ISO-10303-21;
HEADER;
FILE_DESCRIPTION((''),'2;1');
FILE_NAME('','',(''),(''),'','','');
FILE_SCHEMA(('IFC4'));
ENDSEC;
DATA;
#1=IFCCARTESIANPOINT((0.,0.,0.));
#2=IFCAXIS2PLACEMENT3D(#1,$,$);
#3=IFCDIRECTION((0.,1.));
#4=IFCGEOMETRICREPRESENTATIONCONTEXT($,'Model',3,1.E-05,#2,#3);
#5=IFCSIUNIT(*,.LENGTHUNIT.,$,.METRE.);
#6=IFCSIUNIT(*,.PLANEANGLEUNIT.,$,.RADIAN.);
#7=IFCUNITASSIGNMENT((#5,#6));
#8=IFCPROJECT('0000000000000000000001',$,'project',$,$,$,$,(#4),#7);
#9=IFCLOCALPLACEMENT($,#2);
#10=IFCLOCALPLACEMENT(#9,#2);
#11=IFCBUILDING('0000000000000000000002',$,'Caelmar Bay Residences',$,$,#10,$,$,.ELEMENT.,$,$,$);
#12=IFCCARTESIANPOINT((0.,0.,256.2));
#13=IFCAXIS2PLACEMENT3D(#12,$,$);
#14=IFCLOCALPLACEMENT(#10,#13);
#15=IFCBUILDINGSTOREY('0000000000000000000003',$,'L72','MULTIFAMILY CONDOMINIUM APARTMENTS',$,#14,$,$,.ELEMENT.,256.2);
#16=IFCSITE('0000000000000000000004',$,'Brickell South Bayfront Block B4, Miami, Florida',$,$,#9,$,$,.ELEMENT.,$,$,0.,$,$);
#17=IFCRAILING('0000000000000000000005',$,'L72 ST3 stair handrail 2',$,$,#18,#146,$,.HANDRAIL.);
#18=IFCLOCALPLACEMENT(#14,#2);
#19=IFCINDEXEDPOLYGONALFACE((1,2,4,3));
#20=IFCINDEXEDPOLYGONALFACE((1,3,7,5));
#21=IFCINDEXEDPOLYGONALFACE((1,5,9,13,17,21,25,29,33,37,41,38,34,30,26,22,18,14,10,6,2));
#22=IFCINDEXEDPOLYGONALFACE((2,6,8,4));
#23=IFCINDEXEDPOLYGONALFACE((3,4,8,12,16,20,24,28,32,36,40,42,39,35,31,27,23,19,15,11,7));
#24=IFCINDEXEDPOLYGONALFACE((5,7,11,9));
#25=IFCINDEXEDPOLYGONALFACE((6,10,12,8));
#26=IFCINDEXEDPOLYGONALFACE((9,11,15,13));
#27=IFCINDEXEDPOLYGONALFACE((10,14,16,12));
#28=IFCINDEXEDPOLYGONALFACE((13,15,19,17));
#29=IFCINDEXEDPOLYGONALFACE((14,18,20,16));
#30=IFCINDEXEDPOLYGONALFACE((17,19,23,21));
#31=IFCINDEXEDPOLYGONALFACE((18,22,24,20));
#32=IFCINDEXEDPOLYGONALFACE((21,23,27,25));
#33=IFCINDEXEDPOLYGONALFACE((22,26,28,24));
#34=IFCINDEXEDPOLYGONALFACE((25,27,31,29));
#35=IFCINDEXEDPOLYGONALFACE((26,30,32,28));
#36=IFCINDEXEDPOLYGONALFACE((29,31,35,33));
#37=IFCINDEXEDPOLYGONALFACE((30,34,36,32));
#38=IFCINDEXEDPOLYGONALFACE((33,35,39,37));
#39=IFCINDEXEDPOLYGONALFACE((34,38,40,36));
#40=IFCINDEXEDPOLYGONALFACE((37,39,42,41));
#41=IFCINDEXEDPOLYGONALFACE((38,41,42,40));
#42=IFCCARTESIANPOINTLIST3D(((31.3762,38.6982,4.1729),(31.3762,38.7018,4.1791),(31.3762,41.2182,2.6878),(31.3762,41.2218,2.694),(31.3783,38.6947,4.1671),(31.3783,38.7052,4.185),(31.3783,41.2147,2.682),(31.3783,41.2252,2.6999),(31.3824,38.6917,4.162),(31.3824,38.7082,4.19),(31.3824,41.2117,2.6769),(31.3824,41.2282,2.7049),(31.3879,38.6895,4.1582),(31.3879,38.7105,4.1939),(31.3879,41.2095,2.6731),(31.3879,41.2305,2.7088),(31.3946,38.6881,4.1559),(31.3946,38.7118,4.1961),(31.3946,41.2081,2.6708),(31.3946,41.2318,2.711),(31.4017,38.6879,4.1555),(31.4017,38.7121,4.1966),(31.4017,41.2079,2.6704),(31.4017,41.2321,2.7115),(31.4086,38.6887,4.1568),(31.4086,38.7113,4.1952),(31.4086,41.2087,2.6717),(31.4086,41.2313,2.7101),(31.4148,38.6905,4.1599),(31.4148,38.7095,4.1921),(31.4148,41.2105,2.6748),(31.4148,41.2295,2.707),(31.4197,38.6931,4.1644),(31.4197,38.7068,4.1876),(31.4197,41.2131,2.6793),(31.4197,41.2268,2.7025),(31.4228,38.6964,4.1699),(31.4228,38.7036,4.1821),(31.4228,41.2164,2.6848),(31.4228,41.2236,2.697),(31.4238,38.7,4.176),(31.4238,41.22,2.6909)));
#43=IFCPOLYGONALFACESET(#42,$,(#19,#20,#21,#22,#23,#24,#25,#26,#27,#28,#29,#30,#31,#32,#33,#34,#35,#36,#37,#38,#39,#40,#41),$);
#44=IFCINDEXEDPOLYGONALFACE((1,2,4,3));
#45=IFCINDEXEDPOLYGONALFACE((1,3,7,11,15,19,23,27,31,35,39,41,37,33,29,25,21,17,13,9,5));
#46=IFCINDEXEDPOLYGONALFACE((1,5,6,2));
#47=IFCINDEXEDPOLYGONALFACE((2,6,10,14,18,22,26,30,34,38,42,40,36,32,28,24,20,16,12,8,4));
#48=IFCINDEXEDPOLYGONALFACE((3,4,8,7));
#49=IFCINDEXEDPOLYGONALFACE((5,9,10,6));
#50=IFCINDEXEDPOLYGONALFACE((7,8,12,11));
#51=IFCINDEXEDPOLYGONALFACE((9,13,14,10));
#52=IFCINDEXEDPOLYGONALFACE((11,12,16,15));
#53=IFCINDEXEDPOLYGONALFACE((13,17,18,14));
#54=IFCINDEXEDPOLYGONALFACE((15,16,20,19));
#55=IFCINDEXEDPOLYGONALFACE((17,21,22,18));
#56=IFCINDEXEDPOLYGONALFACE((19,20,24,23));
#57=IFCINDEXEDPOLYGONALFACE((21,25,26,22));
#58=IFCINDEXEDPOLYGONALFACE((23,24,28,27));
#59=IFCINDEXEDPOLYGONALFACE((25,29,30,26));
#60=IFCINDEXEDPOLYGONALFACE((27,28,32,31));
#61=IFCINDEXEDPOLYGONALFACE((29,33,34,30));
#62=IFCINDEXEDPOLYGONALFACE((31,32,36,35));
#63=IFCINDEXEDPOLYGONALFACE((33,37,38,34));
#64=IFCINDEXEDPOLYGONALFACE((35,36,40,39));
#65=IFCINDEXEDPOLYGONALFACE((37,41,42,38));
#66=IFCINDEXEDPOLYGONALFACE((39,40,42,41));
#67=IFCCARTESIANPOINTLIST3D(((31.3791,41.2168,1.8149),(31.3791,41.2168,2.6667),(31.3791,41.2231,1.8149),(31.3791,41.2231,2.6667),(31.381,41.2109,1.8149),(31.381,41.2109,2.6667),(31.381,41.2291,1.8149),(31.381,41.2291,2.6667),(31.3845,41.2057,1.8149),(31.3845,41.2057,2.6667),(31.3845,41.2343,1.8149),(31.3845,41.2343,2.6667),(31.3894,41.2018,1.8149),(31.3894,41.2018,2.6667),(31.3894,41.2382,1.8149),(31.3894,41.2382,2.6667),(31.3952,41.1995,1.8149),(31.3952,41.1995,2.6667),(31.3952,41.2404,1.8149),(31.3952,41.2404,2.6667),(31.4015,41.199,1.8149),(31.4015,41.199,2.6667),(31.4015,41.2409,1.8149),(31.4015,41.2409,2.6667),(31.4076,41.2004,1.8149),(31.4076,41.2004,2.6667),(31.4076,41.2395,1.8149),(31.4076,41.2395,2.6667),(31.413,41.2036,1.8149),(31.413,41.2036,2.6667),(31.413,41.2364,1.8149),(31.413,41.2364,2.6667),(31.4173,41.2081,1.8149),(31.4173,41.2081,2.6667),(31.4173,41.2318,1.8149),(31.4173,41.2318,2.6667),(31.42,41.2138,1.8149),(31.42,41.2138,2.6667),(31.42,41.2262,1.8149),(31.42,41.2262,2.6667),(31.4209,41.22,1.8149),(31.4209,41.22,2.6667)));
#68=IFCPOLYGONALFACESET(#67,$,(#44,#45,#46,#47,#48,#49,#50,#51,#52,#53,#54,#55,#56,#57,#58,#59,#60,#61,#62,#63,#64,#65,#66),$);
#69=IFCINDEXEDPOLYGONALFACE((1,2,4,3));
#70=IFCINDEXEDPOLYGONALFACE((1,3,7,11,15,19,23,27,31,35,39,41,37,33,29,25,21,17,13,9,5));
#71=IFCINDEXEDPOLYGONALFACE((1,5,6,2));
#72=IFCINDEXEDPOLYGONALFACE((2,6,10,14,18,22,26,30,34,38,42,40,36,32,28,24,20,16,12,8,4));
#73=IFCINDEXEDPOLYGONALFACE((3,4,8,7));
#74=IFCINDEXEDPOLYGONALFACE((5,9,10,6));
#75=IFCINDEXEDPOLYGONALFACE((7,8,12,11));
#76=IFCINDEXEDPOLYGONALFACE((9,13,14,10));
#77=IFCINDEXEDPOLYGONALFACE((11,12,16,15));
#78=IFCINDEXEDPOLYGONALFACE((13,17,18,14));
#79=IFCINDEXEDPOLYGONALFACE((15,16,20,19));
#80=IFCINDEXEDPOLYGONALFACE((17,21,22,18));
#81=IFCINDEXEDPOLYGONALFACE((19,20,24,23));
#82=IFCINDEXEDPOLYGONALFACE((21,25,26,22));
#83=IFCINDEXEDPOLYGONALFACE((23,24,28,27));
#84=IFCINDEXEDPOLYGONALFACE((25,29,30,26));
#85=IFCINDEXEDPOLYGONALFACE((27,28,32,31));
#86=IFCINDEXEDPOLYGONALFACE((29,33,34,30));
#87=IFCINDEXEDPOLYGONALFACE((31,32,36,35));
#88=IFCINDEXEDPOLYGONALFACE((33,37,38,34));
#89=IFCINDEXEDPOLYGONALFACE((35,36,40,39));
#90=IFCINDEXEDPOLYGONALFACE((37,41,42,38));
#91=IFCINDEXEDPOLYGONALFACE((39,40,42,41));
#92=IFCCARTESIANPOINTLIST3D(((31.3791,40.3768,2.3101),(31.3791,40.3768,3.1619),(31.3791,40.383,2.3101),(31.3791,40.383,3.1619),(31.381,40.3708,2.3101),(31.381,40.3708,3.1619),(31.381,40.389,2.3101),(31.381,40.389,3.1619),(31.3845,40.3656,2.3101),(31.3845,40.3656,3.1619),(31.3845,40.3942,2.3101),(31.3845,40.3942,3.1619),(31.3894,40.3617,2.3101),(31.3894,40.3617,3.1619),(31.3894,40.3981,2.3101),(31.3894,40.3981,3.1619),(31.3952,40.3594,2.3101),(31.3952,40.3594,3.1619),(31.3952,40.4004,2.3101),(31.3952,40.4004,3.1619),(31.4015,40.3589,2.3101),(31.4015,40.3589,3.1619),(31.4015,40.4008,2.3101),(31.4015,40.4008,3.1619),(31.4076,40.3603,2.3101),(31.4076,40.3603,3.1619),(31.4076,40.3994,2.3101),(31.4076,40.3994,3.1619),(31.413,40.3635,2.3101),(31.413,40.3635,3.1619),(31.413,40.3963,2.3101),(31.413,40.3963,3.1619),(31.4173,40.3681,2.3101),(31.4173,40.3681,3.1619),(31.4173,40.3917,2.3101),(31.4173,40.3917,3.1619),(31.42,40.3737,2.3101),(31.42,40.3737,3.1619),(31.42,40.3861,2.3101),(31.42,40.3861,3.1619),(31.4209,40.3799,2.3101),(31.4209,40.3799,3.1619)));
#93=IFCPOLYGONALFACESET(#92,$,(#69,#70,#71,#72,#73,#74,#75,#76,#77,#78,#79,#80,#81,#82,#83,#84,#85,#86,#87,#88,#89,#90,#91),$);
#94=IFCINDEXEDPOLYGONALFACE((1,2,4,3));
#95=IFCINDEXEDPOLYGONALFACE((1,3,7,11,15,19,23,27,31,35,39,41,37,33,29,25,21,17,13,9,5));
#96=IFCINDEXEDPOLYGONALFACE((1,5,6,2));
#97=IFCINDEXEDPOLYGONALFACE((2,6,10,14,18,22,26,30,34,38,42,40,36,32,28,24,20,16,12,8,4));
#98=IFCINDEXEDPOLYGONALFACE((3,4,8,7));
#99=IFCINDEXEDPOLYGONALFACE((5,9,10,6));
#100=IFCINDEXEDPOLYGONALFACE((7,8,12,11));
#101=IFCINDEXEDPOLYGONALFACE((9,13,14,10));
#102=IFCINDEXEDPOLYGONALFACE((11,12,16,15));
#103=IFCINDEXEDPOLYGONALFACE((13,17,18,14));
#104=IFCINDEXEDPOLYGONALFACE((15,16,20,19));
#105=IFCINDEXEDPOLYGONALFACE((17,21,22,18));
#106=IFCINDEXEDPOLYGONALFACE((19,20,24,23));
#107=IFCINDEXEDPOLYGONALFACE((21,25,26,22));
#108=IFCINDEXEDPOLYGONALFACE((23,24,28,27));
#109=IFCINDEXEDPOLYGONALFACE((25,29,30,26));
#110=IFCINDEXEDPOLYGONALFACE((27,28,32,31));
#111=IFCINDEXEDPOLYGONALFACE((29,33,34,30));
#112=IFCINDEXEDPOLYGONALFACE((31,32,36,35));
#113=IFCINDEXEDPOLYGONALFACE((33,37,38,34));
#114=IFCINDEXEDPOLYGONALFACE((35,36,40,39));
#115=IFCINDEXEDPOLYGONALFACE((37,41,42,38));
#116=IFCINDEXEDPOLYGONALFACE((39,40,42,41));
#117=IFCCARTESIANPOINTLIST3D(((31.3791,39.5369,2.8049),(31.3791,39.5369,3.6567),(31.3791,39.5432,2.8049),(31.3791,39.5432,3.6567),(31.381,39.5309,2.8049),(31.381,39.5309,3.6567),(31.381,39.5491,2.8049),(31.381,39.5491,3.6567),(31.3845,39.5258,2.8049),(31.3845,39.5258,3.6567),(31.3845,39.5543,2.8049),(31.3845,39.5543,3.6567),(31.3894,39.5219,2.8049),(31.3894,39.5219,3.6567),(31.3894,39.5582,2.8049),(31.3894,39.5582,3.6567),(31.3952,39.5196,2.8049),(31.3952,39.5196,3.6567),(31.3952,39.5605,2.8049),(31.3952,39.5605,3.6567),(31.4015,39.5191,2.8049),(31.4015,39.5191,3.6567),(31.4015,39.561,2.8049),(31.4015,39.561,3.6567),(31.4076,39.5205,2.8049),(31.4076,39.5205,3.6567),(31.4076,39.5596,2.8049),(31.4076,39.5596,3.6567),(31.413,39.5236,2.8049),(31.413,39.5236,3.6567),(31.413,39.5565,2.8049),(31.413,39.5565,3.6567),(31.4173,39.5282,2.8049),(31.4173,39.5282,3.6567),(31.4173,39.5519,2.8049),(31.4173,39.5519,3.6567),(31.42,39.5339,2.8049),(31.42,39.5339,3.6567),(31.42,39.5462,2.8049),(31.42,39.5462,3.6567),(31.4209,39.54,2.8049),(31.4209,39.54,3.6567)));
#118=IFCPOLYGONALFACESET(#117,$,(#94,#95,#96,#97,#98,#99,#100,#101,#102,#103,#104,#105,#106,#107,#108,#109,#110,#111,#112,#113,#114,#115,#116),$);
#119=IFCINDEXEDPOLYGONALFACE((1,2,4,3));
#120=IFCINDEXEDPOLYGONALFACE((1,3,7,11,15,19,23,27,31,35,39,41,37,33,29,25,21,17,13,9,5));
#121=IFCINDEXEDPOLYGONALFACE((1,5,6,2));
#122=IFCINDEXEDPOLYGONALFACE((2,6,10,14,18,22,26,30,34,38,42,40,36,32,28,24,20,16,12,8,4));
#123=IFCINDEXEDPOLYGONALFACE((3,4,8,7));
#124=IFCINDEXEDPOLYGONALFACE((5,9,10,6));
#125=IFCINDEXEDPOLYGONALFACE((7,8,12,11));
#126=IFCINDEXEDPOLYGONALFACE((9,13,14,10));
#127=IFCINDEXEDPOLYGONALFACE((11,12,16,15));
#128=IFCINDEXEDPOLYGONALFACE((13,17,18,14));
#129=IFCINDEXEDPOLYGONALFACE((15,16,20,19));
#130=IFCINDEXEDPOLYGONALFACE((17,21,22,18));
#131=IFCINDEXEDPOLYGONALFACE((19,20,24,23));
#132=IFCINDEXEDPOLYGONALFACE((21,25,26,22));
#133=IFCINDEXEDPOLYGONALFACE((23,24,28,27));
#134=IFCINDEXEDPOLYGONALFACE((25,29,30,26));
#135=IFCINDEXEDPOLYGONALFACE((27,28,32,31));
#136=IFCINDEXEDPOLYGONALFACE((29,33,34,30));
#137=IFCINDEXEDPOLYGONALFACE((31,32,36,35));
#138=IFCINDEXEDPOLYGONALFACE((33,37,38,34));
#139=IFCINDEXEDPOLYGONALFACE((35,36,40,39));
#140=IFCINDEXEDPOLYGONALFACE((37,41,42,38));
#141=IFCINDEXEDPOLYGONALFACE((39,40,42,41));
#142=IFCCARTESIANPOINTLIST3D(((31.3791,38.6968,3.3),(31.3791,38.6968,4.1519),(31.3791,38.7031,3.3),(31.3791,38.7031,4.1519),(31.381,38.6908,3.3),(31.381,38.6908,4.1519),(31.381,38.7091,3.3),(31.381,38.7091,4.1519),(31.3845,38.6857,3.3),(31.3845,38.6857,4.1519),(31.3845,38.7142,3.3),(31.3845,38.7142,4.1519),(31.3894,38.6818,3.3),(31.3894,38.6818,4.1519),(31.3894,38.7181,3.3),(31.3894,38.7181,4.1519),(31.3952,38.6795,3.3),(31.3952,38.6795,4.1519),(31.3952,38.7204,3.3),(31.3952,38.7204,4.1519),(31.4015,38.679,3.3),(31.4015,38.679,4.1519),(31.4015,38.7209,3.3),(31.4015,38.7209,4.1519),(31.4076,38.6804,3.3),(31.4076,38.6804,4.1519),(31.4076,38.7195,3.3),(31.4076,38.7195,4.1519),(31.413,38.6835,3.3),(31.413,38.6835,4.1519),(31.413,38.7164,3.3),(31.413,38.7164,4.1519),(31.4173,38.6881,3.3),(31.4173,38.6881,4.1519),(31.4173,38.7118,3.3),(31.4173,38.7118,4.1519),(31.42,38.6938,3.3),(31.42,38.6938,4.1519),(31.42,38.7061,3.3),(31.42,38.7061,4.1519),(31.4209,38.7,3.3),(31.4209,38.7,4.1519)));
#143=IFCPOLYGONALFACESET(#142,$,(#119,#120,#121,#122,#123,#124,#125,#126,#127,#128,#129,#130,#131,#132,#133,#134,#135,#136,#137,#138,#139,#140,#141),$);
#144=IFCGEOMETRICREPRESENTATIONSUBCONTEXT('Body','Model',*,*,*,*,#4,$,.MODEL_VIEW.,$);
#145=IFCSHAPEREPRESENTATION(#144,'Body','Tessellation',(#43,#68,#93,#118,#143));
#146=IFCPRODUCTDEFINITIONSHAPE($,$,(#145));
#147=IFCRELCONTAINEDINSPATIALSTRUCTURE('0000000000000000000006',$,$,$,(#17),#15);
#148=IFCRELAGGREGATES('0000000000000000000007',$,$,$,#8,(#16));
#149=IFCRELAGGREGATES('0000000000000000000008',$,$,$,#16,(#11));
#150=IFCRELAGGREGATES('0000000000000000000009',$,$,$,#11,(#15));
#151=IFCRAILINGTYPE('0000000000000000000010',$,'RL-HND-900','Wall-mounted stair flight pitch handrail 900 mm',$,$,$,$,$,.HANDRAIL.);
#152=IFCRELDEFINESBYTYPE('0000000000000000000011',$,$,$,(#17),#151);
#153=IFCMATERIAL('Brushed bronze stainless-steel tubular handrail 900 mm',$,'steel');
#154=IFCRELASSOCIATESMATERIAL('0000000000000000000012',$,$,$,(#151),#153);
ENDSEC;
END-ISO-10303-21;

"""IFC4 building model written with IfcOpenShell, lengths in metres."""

from ifc_helpers import new_model, si_unit, direction, frame, origin, origin_2d, place, context, subcontext, project, spatial, circle, extrude, material, type_object, element, save


model = new_model("IFC4")

# Units and contexts
model_context = context("Model", 3, precision=1e-05, world=origin(), true_north=direction((0.0, 1.0)))
body_context = subcontext(model_context, "Body", "Model", "MODEL_VIEW")
ifc_project = project(units=[si_unit("LENGTHUNIT", "METRE"), si_unit("PLANEANGLEUNIT", "RADIAN")], contexts=[model_context])

# Site, building, storey
site_placement = place(None, origin())
site = spatial("IfcSite", under=ifc_project, at=site_placement, Name="Brickell South Bayfront Block B4, Miami, Florida", CompositionType="ELEMENT", RefElevation=0.0)
building_placement = place(site_placement, origin())
building = spatial("IfcBuilding", under=site, at=building_placement, Name="Caelmar Bay Residences", CompositionType="ELEMENT")
storey_placement = place(building_placement, frame((0.0, 0.0, 256.2)))
storey = spatial("IfcBuildingStorey", under=building, at=storey_placement, Name="L72", Description="MULTIFAMILY CONDOMINIUM APARTMENTS", CompositionType="ELEMENT", Elevation=256.2)

# Railing
ifc_material_1 = material(Name="Brushed bronze stainless-steel tubular handrail 900 mm", Category="steel")
railing_type_1 = type_object("IfcRailingType", Name="RL-HND-900", Description="Wall-mounted stair flight pitch handrail 900 mm", PredefinedType="HANDRAIL", material=ifc_material_1)
railing_1_placement = place(storey_placement, frame((31.3999, 41.22, 1.8149)))
element("IfcRailing", 1, at=railing_1_placement, inside=storey, type_object=railing_type_1, Name="L72 ST3 stair handrail 2", PredefinedType="HANDRAIL", context=body_context, shape_type="SweptSolid", body=[
    extrude(circle(Radius=0.0239, at=origin_2d()), frame((0.0, 0.0, 0.876), z_axis=(0.0, -0.861524, 0.507717), x_axis=(1.0, 0.0, 0.0)), (0.0, 0.0, 1.0), 2.925),
    extrude(circle(Radius=0.021, at=origin_2d()), origin(), (0.0, 0.0, 1.0), 0.8518),
    extrude(circle(Radius=0.021, at=origin_2d()), frame((0.0, -0.8401, 0.4951)), (0.0, 0.0, 1.0), 0.8518),
    extrude(circle(Radius=0.021, at=origin_2d()), frame((0.0, -1.6799, 0.99)), (0.0, 0.0, 1.0), 0.8518),
    extrude(circle(Radius=0.021, at=origin_2d()), frame((0.0, -2.52, 1.4851)), (0.0, 0.0, 1.0), 0.8518),
])

save(model, "model.ifc")
